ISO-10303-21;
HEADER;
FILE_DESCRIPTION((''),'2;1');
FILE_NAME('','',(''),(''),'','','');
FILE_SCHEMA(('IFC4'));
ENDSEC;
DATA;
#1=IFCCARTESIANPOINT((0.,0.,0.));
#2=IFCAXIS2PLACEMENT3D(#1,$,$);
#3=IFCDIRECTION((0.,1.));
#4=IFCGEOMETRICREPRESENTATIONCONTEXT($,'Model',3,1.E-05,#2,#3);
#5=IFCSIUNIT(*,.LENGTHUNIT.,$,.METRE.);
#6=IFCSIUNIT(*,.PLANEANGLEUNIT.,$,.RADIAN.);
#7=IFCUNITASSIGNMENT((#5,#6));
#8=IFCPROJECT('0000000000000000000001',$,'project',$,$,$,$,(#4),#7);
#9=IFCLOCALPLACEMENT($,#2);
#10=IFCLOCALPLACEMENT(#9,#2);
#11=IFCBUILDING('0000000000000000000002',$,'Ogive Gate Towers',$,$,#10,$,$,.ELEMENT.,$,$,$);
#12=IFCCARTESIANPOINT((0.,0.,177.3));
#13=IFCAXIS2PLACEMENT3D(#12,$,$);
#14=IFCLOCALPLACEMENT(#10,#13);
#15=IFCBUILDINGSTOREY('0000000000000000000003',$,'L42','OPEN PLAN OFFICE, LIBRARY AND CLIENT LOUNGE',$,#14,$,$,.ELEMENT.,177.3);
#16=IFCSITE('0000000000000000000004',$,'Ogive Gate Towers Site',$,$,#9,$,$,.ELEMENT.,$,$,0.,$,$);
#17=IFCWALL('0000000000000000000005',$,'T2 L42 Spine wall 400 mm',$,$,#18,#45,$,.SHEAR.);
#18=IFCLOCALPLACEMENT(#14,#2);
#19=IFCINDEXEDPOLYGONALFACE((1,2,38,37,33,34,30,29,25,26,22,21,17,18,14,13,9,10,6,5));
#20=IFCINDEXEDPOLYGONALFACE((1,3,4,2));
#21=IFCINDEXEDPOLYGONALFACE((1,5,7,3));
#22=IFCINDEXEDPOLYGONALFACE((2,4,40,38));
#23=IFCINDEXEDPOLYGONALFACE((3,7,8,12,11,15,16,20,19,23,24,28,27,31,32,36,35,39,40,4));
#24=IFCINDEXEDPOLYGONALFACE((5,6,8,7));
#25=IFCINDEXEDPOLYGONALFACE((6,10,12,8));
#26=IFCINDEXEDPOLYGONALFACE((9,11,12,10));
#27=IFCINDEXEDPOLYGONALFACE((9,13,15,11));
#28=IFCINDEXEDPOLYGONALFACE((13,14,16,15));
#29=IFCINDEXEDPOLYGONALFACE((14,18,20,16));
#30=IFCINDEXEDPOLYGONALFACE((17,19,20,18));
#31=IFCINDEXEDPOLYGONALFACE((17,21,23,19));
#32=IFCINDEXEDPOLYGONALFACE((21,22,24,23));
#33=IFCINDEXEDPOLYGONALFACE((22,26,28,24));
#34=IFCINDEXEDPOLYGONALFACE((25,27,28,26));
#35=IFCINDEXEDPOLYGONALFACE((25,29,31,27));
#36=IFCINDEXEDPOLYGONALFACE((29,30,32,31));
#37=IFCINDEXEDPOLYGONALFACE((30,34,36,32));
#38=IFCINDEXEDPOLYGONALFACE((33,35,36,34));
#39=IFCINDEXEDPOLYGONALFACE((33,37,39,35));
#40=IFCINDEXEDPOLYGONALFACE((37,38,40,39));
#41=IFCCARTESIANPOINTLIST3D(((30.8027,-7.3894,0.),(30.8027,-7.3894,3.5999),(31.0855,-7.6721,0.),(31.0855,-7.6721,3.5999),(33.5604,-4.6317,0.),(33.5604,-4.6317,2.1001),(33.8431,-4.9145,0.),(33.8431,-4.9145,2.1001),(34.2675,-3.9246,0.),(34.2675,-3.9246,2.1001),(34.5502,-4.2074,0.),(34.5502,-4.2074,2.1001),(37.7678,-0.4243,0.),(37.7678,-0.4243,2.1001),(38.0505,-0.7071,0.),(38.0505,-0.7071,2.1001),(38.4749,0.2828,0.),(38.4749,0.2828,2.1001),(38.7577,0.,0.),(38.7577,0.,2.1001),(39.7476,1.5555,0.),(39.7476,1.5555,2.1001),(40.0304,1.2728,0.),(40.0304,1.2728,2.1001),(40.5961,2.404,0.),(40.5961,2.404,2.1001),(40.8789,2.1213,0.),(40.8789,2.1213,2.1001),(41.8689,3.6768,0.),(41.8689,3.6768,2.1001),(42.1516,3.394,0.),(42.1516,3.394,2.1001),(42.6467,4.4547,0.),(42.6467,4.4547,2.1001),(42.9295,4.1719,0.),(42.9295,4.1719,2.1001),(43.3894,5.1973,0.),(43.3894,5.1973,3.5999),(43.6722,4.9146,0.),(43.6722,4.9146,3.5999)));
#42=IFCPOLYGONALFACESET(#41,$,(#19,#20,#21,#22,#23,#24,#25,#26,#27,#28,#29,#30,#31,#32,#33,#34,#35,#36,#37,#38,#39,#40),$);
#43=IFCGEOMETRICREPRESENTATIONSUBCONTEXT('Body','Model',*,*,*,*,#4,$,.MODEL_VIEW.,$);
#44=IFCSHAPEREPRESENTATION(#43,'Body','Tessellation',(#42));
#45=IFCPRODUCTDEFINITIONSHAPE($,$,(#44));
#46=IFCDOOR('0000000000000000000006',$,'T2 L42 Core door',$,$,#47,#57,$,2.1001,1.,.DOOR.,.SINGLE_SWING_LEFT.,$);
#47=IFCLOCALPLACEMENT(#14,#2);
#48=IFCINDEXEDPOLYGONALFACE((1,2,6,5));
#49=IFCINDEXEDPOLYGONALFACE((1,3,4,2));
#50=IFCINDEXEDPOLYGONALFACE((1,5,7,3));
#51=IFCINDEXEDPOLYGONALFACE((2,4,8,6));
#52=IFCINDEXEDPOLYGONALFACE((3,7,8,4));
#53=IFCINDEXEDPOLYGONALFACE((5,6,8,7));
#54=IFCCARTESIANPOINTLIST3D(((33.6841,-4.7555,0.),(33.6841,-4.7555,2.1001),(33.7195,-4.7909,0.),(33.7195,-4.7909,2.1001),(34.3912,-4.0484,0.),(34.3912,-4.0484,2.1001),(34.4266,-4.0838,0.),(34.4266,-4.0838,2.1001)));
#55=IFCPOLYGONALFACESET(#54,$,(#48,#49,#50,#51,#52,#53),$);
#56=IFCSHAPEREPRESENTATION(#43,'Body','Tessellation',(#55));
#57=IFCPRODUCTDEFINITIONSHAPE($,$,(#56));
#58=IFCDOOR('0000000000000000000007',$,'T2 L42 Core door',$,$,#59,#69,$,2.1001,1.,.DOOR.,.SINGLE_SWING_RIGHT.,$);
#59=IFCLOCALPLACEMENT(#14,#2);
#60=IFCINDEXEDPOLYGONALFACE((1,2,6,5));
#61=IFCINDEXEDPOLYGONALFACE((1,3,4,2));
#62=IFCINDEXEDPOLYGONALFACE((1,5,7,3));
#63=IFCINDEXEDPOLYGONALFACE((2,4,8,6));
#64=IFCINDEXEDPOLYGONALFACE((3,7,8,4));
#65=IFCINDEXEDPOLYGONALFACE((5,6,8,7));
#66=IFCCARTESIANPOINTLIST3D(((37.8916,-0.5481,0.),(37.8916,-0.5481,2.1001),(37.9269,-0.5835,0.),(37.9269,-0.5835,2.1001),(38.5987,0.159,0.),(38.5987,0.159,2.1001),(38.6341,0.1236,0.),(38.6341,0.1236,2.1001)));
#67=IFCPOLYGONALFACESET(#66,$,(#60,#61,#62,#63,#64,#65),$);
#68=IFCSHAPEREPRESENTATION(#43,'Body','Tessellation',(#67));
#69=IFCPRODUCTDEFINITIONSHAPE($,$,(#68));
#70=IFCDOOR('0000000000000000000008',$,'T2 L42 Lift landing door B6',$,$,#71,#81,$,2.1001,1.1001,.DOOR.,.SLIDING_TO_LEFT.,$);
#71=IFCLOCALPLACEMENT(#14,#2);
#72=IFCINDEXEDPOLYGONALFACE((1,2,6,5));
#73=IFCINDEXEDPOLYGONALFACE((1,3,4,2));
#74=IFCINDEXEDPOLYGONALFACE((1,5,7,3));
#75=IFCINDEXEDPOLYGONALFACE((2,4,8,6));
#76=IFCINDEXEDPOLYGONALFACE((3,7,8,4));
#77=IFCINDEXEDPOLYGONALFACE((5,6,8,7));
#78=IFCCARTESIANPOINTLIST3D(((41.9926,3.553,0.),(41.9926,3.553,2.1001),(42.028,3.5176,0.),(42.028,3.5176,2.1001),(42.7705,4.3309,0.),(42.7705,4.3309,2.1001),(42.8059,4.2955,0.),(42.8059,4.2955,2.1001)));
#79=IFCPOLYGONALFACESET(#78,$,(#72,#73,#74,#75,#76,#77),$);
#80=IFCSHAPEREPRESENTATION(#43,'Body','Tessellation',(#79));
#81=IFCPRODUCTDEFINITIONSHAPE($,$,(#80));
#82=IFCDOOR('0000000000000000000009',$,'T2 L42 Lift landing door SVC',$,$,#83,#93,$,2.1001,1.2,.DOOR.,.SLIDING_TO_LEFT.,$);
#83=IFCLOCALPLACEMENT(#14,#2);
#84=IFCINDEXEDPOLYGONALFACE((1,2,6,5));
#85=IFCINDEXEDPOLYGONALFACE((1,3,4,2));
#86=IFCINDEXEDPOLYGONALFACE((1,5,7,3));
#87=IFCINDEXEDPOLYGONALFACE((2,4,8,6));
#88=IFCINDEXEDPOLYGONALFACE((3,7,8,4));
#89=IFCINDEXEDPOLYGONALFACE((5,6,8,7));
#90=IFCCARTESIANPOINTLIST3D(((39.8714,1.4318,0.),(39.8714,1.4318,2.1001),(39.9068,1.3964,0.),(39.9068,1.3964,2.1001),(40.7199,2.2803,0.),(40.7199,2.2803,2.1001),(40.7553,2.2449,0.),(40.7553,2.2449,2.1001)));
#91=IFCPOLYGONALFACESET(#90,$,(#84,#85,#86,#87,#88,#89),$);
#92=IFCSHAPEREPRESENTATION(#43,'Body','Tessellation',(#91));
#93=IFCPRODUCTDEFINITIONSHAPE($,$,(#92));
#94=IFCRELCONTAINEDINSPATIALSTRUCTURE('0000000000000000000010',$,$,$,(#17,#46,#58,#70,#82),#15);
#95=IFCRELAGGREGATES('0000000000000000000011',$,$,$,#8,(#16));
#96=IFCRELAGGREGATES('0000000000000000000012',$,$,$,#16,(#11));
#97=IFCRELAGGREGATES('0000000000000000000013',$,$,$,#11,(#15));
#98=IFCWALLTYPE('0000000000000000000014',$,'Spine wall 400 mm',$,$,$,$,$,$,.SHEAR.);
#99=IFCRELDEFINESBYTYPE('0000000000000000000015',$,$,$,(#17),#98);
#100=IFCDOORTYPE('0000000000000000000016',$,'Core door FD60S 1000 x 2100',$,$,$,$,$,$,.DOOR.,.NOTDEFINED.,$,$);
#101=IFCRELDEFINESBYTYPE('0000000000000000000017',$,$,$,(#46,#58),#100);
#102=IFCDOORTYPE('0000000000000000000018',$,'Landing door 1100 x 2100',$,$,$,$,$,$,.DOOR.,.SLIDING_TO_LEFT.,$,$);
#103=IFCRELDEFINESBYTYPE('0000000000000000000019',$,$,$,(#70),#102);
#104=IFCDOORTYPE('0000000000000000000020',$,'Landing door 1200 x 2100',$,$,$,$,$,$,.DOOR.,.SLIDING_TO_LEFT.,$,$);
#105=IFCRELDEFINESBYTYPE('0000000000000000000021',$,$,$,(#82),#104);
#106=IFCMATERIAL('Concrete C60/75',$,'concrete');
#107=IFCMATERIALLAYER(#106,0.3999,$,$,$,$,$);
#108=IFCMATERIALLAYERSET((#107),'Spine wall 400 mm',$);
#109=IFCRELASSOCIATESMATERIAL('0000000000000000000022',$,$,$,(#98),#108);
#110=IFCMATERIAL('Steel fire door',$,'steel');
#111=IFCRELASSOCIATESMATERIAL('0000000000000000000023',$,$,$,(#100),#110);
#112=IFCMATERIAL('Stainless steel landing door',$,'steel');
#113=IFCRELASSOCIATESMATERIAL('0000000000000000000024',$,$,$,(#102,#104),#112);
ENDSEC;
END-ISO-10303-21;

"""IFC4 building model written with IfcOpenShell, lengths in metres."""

from ifc_helpers import new_model, si_unit, direction, frame, frame_2d, origin, place, context, subcontext, project, spatial, rectangle, extrude, material, layer, layer_set, type_object, element, fill, save


model = new_model("IFC4")

# Units and contexts
model_context = context("Model", 3, precision=1e-05, world=origin(), true_north=direction((0.0, 1.0)))
body_context = subcontext(model_context, "Body", "Model", "MODEL_VIEW")
ifc_project = project(units=[si_unit("LENGTHUNIT", "METRE"), si_unit("PLANEANGLEUNIT", "RADIAN")], contexts=[model_context])

# Site, building, storey
site_placement = place(None, origin())
site = spatial("IfcSite", under=ifc_project, at=site_placement, Name="Ogive Gate Towers Site", CompositionType="ELEMENT", RefElevation=0.0)
building_placement = place(site_placement, origin())
building = spatial("IfcBuilding", under=site, at=building_placement, Name="Ogive Gate Towers", CompositionType="ELEMENT")
storey_placement = place(building_placement, frame((0.0, 0.0, 177.3)))
storey = spatial("IfcBuildingStorey", under=building, at=storey_placement, Name="L42", Description="OPEN PLAN OFFICE, LIBRARY AND CLIENT LOUNGE", CompositionType="ELEMENT", Elevation=177.3)

# Shared definitions
ifc_material_1 = material(Name="Concrete C60/75", Category="concrete")

# Wall, openings, doors
ifc_layer_1 = layer(ifc_material_1, 0.3999)
ifc_layer_set_1 = layer_set([ifc_layer_1], Name="Spine wall 400 mm")
wall_type_1 = type_object("IfcWallType", Name="Spine wall 400 mm", PredefinedType="SHEAR", material=ifc_layer_set_1)
wall_1_placement = place(storey_placement, frame((30.9441, -7.5308, 0.0), z_axis=(0.0, 0.0, 1.0), x_axis=(0.707107, 0.707107, 0.0)))
wall_1 = element("IfcWall", 1, at=wall_1_placement, inside=storey, type_object=wall_type_1, Name="T2 L42 Spine wall 400 mm", PredefinedType="SHEAR", context=body_context, shape_type="SweptSolid", body=[
    extrude(rectangle(XDim=17.8003, YDim=0.3999, at=frame_2d((8.9001, 0.0))), origin(), (0.0, 0.0, 1.0), 3.5999),
])
opening_1_placement = place(wall_1_placement, frame((12.6499, 0.0, 0.0)))
opening_1 = element("IfcOpeningElement", 2, at=opening_1_placement, cuts=wall_1, PredefinedType="OPENING", context=body_context, shape_type="SweptSolid", body=[
    extrude(rectangle(XDim=1.2, YDim=2.1001, at=frame_2d((0.6001, 1.05))), frame((0.0, 0.21, 0.0), z_axis=(0.0, -1.0, 0.0), x_axis=(1.0, 0.0, 0.0)), (0.0, 0.0, 1.0), 0.4199),
])
opening_2_placement = place(wall_1_placement, frame((15.6499, 0.0, 0.0)))
opening_2 = element("IfcOpeningElement", 3, at=opening_2_placement, cuts=wall_1, PredefinedType="OPENING", context=body_context, shape_type="SweptSolid", body=[
    extrude(rectangle(XDim=1.1001, YDim=2.1001, at=frame_2d((0.55, 1.05))), frame((0.0, 0.21, 0.0), z_axis=(0.0, -1.0, 0.0), x_axis=(1.0, 0.0, 0.0)), (0.0, 0.0, 1.0), 0.4199),
])
opening_3_placement = place(wall_1_placement, frame((3.8999, 0.0, 0.0)))
opening_3 = element("IfcOpeningElement", 4, at=opening_3_placement, cuts=wall_1, PredefinedType="OPENING", context=body_context, shape_type="SweptSolid", body=[
    extrude(rectangle(XDim=1.0, YDim=2.1001, at=frame_2d((0.5, 1.05))), frame((0.0, 0.21, 0.0), z_axis=(0.0, -1.0, 0.0), x_axis=(1.0, 0.0, 0.0)), (0.0, 0.0, 1.0), 0.4199),
])
opening_4_placement = place(wall_1_placement, frame((9.8501, 0.0, 0.0)))
opening_4 = element("IfcOpeningElement", 5, at=opening_4_placement, cuts=wall_1, PredefinedType="OPENING", context=body_context, shape_type="SweptSolid", body=[
    extrude(rectangle(XDim=1.0, YDim=2.1001, at=frame_2d((0.5, 1.05))), frame((0.0, 0.21, 0.0), z_axis=(0.0, -1.0, 0.0), x_axis=(1.0, 0.0, 0.0)), (0.0, 0.0, 1.0), 0.4199),
])
ifc_material_2 = material(Name="Steel fire door", Category="steel")
door_type_1 = type_object("IfcDoorType", Name="Core door FD60S 1000 x 2100", OperationType="NOTDEFINED", PredefinedType="DOOR", material=ifc_material_2)
door_1_placement = place(opening_3_placement, origin())
door_1 = element("IfcDoor", 6, at=door_1_placement, inside=storey, type_object=door_type_1, Name="T2 L42 Core door", OperationType="SINGLE_SWING_LEFT", OverallHeight=2.1001, OverallWidth=1.0, PredefinedType="DOOR", context=body_context, shape_type="SweptSolid", body=[
    extrude(rectangle(XDim=1.0, YDim=2.1001, at=frame_2d((0.5, 1.05))), frame((0.0, 0.0249, 0.0), z_axis=(0.0, -1.0, 0.0), x_axis=(1.0, 0.0, 0.0)), (0.0, 0.0, 1.0), 0.05),
])
fill(opening_3, door_1)
door_2_placement = place(opening_4_placement, origin())
door_2 = element("IfcDoor", 7, at=door_2_placement, inside=storey, type_object=door_type_1, Name="T2 L42 Core door", OperationType="SINGLE_SWING_RIGHT", OverallHeight=2.1001, OverallWidth=1.0, PredefinedType="DOOR", context=body_context, shape_type="SweptSolid", body=[
    extrude(rectangle(XDim=1.0, YDim=2.1001, at=frame_2d((0.5, 1.05))), frame((0.0, 0.0249, 0.0), z_axis=(0.0, -1.0, 0.0), x_axis=(1.0, 0.0, 0.0)), (0.0, 0.0, 1.0), 0.05),
])
fill(opening_4, door_2)
ifc_material_3 = material(Name="Stainless steel landing door", Category="steel")
door_type_2 = type_object("IfcDoorType", Name="Landing door 1100 x 2100", OperationType="SLIDING_TO_LEFT", PredefinedType="DOOR", material=ifc_material_3)
door_3_placement = place(opening_2_placement, origin())
door_3 = element("IfcDoor", 8, at=door_3_placement, inside=storey, type_object=door_type_2, Name="T2 L42 Lift landing door B6", OperationType="SLIDING_TO_LEFT", OverallHeight=2.1001, OverallWidth=1.1001, PredefinedType="DOOR", context=body_context, shape_type="SweptSolid", body=[
    extrude(rectangle(XDim=1.1001, YDim=2.1001, at=frame_2d((0.55, 1.05))), frame((0.0, 0.0249, 0.0), z_axis=(0.0, -1.0, 0.0), x_axis=(1.0, 0.0, 0.0)), (0.0, 0.0, 1.0), 0.05),
])
fill(opening_2, door_3)
door_type_3 = type_object("IfcDoorType", Name="Landing door 1200 x 2100", OperationType="SLIDING_TO_LEFT", PredefinedType="DOOR", material=ifc_material_3)
door_4_placement = place(opening_1_placement, origin())
door_4 = element("IfcDoor", 9, at=door_4_placement, inside=storey, type_object=door_type_3, Name="T2 L42 Lift landing door SVC", OperationType="SLIDING_TO_LEFT", OverallHeight=2.1001, OverallWidth=1.2, PredefinedType="DOOR", context=body_context, shape_type="SweptSolid", body=[
    extrude(rectangle(XDim=1.2, YDim=2.1001, at=frame_2d((0.6001, 1.05))), frame((0.0, 0.0249, 0.0), z_axis=(0.0, -1.0, 0.0), x_axis=(1.0, 0.0, 0.0)), (0.0, 0.0, 1.0), 0.05),
])
fill(opening_1, door_4)

save(model, "model.ifc")
